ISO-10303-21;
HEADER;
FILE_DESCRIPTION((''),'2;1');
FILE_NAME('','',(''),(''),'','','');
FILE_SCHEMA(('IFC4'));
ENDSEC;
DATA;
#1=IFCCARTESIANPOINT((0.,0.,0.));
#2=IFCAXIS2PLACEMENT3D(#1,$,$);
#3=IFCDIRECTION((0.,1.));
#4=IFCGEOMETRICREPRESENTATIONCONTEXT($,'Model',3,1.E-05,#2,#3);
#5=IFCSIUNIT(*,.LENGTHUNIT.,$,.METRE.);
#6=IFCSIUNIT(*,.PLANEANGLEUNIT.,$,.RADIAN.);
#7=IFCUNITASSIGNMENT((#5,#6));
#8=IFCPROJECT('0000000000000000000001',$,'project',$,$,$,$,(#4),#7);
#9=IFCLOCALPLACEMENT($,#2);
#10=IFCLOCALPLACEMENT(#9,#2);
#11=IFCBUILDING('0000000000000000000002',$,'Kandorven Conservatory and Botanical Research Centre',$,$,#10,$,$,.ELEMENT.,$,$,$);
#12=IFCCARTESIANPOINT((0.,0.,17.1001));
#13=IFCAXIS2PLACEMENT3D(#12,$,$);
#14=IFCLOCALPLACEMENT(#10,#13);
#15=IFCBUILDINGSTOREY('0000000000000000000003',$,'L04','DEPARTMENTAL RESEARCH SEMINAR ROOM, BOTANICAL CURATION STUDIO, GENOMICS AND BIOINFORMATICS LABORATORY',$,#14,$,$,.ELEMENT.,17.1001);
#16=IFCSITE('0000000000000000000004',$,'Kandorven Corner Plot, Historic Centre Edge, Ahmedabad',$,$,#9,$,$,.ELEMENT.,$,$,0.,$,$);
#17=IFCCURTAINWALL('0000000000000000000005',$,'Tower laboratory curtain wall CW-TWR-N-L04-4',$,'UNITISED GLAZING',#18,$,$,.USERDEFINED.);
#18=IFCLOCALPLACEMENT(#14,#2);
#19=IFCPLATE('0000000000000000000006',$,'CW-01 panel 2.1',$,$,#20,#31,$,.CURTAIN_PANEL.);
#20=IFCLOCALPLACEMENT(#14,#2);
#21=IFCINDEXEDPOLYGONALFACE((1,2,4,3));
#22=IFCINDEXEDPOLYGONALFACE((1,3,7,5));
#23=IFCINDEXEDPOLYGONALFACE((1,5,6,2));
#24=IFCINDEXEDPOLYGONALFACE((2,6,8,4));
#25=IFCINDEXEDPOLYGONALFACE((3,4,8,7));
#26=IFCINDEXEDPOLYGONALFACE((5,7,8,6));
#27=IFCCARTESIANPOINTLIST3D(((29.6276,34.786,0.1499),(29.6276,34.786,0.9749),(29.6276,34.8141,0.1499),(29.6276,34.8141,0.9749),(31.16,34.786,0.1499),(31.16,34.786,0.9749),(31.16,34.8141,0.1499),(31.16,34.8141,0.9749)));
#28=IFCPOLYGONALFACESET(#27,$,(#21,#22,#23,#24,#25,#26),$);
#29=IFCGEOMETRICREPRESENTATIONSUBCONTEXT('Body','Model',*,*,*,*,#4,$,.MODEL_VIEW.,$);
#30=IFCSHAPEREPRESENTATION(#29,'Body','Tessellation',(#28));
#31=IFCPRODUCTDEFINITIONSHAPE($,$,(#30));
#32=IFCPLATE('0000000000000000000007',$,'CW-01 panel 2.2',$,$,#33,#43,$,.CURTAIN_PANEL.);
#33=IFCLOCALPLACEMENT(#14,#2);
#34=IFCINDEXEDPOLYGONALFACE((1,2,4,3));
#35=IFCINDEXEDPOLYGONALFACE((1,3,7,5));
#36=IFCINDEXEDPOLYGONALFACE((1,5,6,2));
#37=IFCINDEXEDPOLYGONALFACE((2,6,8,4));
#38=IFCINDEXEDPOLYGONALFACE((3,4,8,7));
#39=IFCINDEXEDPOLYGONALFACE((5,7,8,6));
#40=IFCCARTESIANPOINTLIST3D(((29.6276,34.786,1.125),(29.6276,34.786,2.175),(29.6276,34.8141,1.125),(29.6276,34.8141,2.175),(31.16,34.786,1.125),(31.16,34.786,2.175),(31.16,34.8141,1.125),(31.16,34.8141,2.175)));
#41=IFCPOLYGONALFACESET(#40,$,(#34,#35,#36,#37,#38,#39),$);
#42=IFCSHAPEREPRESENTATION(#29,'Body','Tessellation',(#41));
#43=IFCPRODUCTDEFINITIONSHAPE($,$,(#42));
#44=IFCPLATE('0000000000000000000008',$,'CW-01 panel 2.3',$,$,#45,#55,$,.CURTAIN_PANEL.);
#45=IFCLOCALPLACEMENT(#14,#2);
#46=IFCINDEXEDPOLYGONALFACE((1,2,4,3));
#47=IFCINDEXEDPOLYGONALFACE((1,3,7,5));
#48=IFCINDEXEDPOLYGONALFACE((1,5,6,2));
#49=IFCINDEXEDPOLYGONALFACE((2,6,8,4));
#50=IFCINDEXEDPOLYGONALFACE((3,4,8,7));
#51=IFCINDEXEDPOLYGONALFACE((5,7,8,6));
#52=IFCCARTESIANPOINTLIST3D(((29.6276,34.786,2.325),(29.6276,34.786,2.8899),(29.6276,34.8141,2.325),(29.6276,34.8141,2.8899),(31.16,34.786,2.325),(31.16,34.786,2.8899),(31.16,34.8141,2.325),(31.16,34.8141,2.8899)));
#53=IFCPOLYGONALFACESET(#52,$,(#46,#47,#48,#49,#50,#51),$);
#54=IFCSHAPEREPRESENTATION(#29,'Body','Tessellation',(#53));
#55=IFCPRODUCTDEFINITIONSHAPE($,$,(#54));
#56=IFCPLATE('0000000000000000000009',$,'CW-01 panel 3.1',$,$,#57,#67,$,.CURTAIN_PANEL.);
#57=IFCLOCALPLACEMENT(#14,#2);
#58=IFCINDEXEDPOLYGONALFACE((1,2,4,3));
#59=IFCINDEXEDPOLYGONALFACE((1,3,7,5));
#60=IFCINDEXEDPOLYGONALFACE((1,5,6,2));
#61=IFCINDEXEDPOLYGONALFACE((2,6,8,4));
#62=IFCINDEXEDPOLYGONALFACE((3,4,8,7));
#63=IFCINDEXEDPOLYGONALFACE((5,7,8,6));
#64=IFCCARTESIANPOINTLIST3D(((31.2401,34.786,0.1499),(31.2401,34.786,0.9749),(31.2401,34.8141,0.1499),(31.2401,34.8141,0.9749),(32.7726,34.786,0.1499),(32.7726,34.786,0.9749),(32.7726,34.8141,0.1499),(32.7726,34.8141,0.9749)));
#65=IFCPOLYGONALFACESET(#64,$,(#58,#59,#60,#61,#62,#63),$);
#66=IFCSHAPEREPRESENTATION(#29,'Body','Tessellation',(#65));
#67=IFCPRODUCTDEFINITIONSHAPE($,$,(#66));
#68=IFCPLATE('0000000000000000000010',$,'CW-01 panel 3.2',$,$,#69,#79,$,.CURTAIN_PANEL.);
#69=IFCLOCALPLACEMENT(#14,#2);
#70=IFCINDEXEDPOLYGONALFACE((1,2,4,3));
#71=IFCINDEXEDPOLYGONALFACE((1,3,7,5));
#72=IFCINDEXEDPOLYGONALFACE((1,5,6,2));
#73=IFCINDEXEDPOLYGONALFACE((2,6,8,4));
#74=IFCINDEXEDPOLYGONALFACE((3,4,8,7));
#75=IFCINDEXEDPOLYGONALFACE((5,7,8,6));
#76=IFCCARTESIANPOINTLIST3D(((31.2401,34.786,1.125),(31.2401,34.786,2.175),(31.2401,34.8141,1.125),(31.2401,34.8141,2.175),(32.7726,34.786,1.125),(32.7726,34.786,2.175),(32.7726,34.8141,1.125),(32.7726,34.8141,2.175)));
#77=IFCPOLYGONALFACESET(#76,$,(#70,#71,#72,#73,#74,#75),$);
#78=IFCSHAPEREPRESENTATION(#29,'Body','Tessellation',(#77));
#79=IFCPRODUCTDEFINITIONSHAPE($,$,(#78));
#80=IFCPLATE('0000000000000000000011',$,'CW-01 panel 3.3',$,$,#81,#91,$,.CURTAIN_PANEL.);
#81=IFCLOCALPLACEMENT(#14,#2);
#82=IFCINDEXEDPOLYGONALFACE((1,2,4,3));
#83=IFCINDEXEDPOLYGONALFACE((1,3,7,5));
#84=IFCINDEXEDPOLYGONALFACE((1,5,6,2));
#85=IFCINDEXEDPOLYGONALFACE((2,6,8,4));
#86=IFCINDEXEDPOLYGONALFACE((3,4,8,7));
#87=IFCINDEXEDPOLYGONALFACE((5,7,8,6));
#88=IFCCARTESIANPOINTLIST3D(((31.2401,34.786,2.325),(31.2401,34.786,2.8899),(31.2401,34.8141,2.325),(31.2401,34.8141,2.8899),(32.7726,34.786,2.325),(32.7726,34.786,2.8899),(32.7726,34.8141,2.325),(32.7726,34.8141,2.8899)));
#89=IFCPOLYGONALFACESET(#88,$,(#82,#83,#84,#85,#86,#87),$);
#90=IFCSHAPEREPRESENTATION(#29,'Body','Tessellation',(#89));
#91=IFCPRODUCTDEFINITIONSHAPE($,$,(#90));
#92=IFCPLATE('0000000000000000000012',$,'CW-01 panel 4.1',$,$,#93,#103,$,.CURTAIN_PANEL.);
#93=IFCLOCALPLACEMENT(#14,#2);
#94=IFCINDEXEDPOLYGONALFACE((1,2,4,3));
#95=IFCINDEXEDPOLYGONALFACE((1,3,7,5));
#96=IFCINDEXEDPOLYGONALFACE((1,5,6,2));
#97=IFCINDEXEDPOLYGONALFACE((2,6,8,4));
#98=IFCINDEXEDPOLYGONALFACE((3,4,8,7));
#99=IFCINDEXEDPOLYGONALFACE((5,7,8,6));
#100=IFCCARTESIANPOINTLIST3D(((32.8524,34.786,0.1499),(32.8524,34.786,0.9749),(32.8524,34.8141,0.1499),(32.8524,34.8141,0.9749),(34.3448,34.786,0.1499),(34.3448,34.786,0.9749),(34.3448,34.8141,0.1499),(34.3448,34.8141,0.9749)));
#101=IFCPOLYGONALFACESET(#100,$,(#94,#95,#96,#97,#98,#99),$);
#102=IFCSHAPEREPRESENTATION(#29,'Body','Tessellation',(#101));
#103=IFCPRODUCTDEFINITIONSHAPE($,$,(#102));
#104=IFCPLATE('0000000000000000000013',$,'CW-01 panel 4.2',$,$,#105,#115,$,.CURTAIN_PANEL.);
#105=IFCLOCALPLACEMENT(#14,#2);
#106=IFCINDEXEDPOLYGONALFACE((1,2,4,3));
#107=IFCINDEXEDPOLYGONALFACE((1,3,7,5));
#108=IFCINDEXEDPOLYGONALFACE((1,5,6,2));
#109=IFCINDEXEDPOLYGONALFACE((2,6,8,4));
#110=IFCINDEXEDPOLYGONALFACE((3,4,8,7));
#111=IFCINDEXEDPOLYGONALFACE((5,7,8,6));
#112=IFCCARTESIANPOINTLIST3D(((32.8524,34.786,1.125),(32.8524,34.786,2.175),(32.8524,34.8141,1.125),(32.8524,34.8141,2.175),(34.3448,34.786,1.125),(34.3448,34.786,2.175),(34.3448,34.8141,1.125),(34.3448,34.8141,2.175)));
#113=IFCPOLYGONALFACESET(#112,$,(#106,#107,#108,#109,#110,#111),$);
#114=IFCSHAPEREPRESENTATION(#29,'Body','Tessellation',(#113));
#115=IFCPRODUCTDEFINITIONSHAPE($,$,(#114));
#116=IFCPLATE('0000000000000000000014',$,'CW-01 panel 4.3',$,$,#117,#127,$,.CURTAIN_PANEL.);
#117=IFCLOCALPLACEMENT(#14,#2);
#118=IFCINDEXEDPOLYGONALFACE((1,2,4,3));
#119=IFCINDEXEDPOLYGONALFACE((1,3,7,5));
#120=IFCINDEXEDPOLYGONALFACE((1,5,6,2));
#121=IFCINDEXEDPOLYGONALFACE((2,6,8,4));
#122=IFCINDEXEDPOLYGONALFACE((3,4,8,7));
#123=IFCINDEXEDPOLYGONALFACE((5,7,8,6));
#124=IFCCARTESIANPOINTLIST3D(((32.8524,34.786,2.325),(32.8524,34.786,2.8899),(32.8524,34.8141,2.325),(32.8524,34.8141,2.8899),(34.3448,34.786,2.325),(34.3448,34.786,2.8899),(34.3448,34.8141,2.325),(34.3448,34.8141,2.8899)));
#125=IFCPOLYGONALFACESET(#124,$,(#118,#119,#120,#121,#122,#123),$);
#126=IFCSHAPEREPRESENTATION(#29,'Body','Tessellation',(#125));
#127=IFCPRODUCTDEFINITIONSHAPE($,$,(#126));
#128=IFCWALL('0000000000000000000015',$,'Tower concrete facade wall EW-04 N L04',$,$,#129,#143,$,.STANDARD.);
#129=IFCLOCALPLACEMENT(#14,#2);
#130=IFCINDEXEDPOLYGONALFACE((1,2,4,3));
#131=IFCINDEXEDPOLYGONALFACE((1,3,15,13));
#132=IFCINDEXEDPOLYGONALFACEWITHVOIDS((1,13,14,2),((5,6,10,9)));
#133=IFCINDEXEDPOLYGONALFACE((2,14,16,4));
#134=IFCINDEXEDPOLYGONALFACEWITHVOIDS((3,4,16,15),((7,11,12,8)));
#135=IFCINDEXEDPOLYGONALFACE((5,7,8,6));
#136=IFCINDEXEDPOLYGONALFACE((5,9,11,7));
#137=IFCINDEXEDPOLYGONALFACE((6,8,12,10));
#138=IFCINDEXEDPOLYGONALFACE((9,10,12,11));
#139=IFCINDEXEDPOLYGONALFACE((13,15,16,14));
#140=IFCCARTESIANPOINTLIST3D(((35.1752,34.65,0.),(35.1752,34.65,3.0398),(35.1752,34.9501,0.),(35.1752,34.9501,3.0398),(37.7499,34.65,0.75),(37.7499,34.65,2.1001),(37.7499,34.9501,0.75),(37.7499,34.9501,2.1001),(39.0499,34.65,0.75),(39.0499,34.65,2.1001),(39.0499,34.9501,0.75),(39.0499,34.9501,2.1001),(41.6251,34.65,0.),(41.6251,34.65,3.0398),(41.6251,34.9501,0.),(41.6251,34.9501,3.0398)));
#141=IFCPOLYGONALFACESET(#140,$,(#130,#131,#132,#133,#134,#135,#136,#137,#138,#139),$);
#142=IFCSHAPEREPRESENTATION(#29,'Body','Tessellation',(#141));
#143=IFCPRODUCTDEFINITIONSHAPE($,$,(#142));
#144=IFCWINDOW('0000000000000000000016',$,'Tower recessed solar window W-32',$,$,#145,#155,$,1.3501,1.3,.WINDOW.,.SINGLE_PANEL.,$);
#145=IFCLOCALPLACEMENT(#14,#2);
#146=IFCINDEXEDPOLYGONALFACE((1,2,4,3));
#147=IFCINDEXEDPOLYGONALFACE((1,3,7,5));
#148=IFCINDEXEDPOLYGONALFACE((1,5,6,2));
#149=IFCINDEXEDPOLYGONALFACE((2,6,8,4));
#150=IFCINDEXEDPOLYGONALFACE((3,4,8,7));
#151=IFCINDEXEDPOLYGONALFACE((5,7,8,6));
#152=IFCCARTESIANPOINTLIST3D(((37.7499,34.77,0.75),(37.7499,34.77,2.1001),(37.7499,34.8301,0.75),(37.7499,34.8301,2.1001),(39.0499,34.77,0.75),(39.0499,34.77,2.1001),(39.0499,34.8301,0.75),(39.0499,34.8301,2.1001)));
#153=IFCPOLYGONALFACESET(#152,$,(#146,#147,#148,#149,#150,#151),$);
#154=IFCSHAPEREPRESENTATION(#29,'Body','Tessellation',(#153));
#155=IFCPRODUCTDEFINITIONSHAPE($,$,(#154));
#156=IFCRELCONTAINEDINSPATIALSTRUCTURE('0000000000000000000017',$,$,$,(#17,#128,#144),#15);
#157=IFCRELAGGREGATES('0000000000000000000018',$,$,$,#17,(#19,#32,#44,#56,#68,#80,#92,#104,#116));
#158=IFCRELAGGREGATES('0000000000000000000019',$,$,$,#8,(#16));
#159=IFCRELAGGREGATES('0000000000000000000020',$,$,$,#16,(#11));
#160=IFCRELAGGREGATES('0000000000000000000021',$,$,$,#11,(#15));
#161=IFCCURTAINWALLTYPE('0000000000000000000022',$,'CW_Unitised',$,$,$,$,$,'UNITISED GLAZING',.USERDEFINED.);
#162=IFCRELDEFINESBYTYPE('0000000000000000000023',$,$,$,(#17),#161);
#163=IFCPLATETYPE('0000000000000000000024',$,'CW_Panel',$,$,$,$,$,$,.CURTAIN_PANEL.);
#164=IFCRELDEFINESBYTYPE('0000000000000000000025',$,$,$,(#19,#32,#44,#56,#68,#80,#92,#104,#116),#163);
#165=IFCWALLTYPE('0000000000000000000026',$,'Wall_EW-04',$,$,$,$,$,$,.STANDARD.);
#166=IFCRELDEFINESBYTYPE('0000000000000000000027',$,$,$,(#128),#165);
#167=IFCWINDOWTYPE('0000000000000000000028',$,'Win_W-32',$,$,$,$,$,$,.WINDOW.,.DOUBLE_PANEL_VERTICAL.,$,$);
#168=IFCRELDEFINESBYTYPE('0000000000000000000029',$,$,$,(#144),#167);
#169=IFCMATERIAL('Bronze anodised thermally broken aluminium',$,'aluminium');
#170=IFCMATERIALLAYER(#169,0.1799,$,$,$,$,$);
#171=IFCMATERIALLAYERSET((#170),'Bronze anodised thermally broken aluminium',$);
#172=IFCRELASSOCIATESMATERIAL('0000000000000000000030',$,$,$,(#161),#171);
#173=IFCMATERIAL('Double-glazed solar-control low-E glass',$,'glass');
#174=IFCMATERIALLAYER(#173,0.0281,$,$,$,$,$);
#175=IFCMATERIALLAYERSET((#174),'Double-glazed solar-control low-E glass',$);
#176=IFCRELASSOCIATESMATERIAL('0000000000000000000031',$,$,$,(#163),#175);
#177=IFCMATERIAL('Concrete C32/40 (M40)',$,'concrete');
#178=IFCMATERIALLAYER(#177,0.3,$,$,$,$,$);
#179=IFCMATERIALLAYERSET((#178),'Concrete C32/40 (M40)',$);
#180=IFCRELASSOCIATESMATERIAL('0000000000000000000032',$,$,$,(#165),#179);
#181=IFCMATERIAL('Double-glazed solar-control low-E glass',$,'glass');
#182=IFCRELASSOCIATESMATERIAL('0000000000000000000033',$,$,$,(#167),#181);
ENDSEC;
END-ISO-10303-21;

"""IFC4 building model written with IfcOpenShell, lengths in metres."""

from ifc_helpers import new_model, si_unit, direction, frame, frame_2d, origin, origin_2d, place, context, subcontext, project, spatial, rectangle, extrude, material, layer, layer_set, type_object, element, fill, aggregate, save


model = new_model("IFC4")

# Units and contexts
model_context = context("Model", 3, precision=1e-05, world=origin(), true_north=direction((0.0, 1.0)))
body_context = subcontext(model_context, "Body", "Model", "MODEL_VIEW")
ifc_project = project(units=[si_unit("LENGTHUNIT", "METRE"), si_unit("PLANEANGLEUNIT", "RADIAN")], contexts=[model_context])

# Site, building, storey
site_placement = place(None, origin())
site = spatial("IfcSite", under=ifc_project, at=site_placement, Name="Kandorven Corner Plot, Historic Centre Edge, Ahmedabad", CompositionType="ELEMENT", RefElevation=0.0)
building_placement = place(site_placement, origin())
building = spatial("IfcBuilding", under=site, at=building_placement, Name="Kandorven Conservatory and Botanical Research Centre", CompositionType="ELEMENT")
storey_placement = place(building_placement, frame((0.0, 0.0, 17.1001)))
storey = spatial("IfcBuildingStorey", under=building, at=storey_placement, Name="L04", Description="DEPARTMENTAL RESEARCH SEMINAR ROOM, BOTANICAL CURATION STUDIO, GENOMICS AND BIOINFORMATICS LABORATORY", CompositionType="ELEMENT", Elevation=17.1001)

# Curtain wall, plates
ifc_material_1 = material(Name="Bronze anodised thermally broken aluminium", Category="aluminium")
ifc_layer_1 = layer(ifc_material_1, 0.1799)
ifc_layer_set_1 = layer_set([ifc_layer_1], Name="Bronze anodised thermally broken aluminium")
curtain_wall_type = type_object("IfcCurtainWallType", Name="CW_Unitised", ElementType="UNITISED GLAZING", PredefinedType="USERDEFINED", material=ifc_layer_set_1)
curtain_wall_placement = place(storey_placement, origin())
curtain_wall = element("IfcCurtainWall", 1, at=curtain_wall_placement, inside=storey, type_object=curtain_wall_type, Name="Tower laboratory curtain wall CW-TWR-N-L04-4", ObjectType="UNITISED GLAZING", PredefinedType="USERDEFINED")
ifc_material_2 = material(Name="Double-glazed solar-control low-E glass", Category="glass")
ifc_layer_2 = layer(ifc_material_2, 0.0281)
ifc_layer_set_2 = layer_set([ifc_layer_2], Name="Double-glazed solar-control low-E glass")
plate_type = type_object("IfcPlateType", Name="CW_Panel", PredefinedType="CURTAIN_PANEL", material=ifc_layer_set_2)
plate_1_placement = place(storey_placement, frame((30.3938, 34.8, 0.1499), z_axis=(0.0, 0.0, 1.0), x_axis=(1.0, 0.0, 0.0)))
plate_1 = element("IfcPlate", 2, at=plate_1_placement, type_object=plate_type, Name="CW-01 panel 2.1", PredefinedType="CURTAIN_PANEL", context=body_context, shape_type="SweptSolid", body=[
    extrude(rectangle(XDim=1.5325, YDim=0.0281, at=origin_2d()), origin(), (0.0, 0.0, 1.0), 0.825),
])
plate_2_placement = place(storey_placement, frame((30.3938, 34.8, 1.125), z_axis=(0.0, 0.0, 1.0), x_axis=(1.0, 0.0, 0.0)))
plate_2 = element("IfcPlate", 3, at=plate_2_placement, type_object=plate_type, Name="CW-01 panel 2.2", PredefinedType="CURTAIN_PANEL", context=body_context, shape_type="SweptSolid", body=[
    extrude(rectangle(XDim=1.5325, YDim=0.0281, at=origin_2d()), origin(), (0.0, 0.0, 1.0), 1.05),
])
plate_3_placement = place(storey_placement, frame((30.3938, 34.8, 2.325), z_axis=(0.0, 0.0, 1.0), x_axis=(1.0, 0.0, 0.0)))
plate_3 = element("IfcPlate", 4, at=plate_3_placement, type_object=plate_type, Name="CW-01 panel 2.3", PredefinedType="CURTAIN_PANEL", context=body_context, shape_type="SweptSolid", body=[
    extrude(rectangle(XDim=1.5325, YDim=0.0281, at=origin_2d()), origin(), (0.0, 0.0, 1.0), 0.5649),
])
plate_4_placement = place(storey_placement, frame((32.0063, 34.8, 0.1499), z_axis=(0.0, 0.0, 1.0), x_axis=(1.0, 0.0, 0.0)))
plate_4 = element("IfcPlate", 5, at=plate_4_placement, type_object=plate_type, Name="CW-01 panel 3.1", PredefinedType="CURTAIN_PANEL", context=body_context, shape_type="SweptSolid", body=[
    extrude(rectangle(XDim=1.5325, YDim=0.0281, at=origin_2d()), origin(), (0.0, 0.0, 1.0), 0.825),
])
plate_5_placement = place(storey_placement, frame((32.0063, 34.8, 1.125), z_axis=(0.0, 0.0, 1.0), x_axis=(1.0, 0.0, 0.0)))
plate_5 = element("IfcPlate", 6, at=plate_5_placement, type_object=plate_type, Name="CW-01 panel 3.2", PredefinedType="CURTAIN_PANEL", context=body_context, shape_type="SweptSolid", body=[
    extrude(rectangle(XDim=1.5325, YDim=0.0281, at=origin_2d()), origin(), (0.0, 0.0, 1.0), 1.05),
])
plate_6_placement = place(storey_placement, frame((32.0063, 34.8, 2.325), z_axis=(0.0, 0.0, 1.0), x_axis=(1.0, 0.0, 0.0)))
plate_6 = element("IfcPlate", 7, at=plate_6_placement, type_object=plate_type, Name="CW-01 panel 3.3", PredefinedType="CURTAIN_PANEL", context=body_context, shape_type="SweptSolid", body=[
    extrude(rectangle(XDim=1.5325, YDim=0.0281, at=origin_2d()), origin(), (0.0, 0.0, 1.0), 0.5649),
])
plate_7_placement = place(storey_placement, frame((33.5986, 34.8, 0.1499), z_axis=(0.0, 0.0, 1.0), x_axis=(1.0, 0.0, 0.0)))
plate_7 = element("IfcPlate", 8, at=plate_7_placement, type_object=plate_type, Name="CW-01 panel 4.1", PredefinedType="CURTAIN_PANEL", context=body_context, shape_type="SweptSolid", body=[
    extrude(rectangle(XDim=1.4924, YDim=0.0281, at=origin_2d()), origin(), (0.0, 0.0, 1.0), 0.825),
])
plate_8_placement = place(storey_placement, frame((33.5986, 34.8, 1.125), z_axis=(0.0, 0.0, 1.0), x_axis=(1.0, 0.0, 0.0)))
plate_8 = element("IfcPlate", 9, at=plate_8_placement, type_object=plate_type, Name="CW-01 panel 4.2", PredefinedType="CURTAIN_PANEL", context=body_context, shape_type="SweptSolid", body=[
    extrude(rectangle(XDim=1.4924, YDim=0.0281, at=origin_2d()), origin(), (0.0, 0.0, 1.0), 1.05),
])
plate_9_placement = place(storey_placement, frame((33.5986, 34.8, 2.325), z_axis=(0.0, 0.0, 1.0), x_axis=(1.0, 0.0, 0.0)))
plate_9 = element("IfcPlate", 10, at=plate_9_placement, type_object=plate_type, Name="CW-01 panel 4.3", PredefinedType="CURTAIN_PANEL", context=body_context, shape_type="SweptSolid", body=[
    extrude(rectangle(XDim=1.4924, YDim=0.0281, at=origin_2d()), origin(), (0.0, 0.0, 1.0), 0.5649),
])
aggregate(curtain_wall, [plate_1, plate_2, plate_3, plate_4, plate_5, plate_6, plate_7, plate_8, plate_9])

# Wall, opening, window
ifc_material_3 = material(Name="Concrete C32/40 (M40)", Category="concrete")
ifc_layer_3 = layer(ifc_material_3, 0.3)
ifc_layer_set_3 = layer_set([ifc_layer_3], Name="Concrete C32/40 (M40)")
wall_type = type_object("IfcWallType", Name="Wall_EW-04", PredefinedType="STANDARD", material=ifc_layer_set_3)
wall_placement = place(storey_placement, frame((35.175, 34.8, 0.0), z_axis=(0.0, 0.0, 1.0), x_axis=(1.0, 0.0, 0.0)))
wall = element("IfcWall", 11, at=wall_placement, inside=storey, type_object=wall_type, Name="Tower concrete facade wall EW-04 N L04", PredefinedType="STANDARD", context=body_context, shape_type="SweptSolid", body=[
    extrude(rectangle(XDim=6.45, YDim=0.3, at=frame_2d((3.2251, 0.0))), origin(), (0.0, 0.0, 1.0), 3.0398),
])
opening_placement = place(wall_placement, frame((2.575, 0.0, 0.75)))
opening = element("IfcOpeningElement", 12, at=opening_placement, cuts=wall, PredefinedType="OPENING", context=body_context, shape_type="SweptSolid", body=[
    extrude(rectangle(XDim=1.3, YDim=1.3501, at=frame_2d((0.6499, 0.675))), frame((0.0, 0.1599, 0.0), z_axis=(0.0, -1.0, 0.0), x_axis=(1.0, 0.0, 0.0)), (0.0, 0.0, 1.0), 0.3201),
])
ifc_material_4 = material(Name="Double-glazed solar-control low-E glass", Category="glass")
window_type = type_object("IfcWindowType", Name="Win_W-32", PartitioningType="DOUBLE_PANEL_VERTICAL", PredefinedType="WINDOW", material=ifc_material_4)
window_placement = place(opening_placement, origin())
window = element("IfcWindow", 13, at=window_placement, inside=storey, type_object=window_type, Name="Tower recessed solar window W-32", OverallHeight=1.3501, OverallWidth=1.3, PartitioningType="SINGLE_PANEL", PredefinedType="WINDOW", context=body_context, shape_type="SweptSolid", body=[
    extrude(rectangle(XDim=1.3, YDim=1.3501, at=frame_2d((0.6499, 0.675))), frame((0.0, 0.03, 0.0), z_axis=(0.0, -1.0, 0.0), x_axis=(1.0, 0.0, 0.0)), (0.0, 0.0, 1.0), 0.0601),
])
fill(opening, window)

save(model, "model.ifc")
